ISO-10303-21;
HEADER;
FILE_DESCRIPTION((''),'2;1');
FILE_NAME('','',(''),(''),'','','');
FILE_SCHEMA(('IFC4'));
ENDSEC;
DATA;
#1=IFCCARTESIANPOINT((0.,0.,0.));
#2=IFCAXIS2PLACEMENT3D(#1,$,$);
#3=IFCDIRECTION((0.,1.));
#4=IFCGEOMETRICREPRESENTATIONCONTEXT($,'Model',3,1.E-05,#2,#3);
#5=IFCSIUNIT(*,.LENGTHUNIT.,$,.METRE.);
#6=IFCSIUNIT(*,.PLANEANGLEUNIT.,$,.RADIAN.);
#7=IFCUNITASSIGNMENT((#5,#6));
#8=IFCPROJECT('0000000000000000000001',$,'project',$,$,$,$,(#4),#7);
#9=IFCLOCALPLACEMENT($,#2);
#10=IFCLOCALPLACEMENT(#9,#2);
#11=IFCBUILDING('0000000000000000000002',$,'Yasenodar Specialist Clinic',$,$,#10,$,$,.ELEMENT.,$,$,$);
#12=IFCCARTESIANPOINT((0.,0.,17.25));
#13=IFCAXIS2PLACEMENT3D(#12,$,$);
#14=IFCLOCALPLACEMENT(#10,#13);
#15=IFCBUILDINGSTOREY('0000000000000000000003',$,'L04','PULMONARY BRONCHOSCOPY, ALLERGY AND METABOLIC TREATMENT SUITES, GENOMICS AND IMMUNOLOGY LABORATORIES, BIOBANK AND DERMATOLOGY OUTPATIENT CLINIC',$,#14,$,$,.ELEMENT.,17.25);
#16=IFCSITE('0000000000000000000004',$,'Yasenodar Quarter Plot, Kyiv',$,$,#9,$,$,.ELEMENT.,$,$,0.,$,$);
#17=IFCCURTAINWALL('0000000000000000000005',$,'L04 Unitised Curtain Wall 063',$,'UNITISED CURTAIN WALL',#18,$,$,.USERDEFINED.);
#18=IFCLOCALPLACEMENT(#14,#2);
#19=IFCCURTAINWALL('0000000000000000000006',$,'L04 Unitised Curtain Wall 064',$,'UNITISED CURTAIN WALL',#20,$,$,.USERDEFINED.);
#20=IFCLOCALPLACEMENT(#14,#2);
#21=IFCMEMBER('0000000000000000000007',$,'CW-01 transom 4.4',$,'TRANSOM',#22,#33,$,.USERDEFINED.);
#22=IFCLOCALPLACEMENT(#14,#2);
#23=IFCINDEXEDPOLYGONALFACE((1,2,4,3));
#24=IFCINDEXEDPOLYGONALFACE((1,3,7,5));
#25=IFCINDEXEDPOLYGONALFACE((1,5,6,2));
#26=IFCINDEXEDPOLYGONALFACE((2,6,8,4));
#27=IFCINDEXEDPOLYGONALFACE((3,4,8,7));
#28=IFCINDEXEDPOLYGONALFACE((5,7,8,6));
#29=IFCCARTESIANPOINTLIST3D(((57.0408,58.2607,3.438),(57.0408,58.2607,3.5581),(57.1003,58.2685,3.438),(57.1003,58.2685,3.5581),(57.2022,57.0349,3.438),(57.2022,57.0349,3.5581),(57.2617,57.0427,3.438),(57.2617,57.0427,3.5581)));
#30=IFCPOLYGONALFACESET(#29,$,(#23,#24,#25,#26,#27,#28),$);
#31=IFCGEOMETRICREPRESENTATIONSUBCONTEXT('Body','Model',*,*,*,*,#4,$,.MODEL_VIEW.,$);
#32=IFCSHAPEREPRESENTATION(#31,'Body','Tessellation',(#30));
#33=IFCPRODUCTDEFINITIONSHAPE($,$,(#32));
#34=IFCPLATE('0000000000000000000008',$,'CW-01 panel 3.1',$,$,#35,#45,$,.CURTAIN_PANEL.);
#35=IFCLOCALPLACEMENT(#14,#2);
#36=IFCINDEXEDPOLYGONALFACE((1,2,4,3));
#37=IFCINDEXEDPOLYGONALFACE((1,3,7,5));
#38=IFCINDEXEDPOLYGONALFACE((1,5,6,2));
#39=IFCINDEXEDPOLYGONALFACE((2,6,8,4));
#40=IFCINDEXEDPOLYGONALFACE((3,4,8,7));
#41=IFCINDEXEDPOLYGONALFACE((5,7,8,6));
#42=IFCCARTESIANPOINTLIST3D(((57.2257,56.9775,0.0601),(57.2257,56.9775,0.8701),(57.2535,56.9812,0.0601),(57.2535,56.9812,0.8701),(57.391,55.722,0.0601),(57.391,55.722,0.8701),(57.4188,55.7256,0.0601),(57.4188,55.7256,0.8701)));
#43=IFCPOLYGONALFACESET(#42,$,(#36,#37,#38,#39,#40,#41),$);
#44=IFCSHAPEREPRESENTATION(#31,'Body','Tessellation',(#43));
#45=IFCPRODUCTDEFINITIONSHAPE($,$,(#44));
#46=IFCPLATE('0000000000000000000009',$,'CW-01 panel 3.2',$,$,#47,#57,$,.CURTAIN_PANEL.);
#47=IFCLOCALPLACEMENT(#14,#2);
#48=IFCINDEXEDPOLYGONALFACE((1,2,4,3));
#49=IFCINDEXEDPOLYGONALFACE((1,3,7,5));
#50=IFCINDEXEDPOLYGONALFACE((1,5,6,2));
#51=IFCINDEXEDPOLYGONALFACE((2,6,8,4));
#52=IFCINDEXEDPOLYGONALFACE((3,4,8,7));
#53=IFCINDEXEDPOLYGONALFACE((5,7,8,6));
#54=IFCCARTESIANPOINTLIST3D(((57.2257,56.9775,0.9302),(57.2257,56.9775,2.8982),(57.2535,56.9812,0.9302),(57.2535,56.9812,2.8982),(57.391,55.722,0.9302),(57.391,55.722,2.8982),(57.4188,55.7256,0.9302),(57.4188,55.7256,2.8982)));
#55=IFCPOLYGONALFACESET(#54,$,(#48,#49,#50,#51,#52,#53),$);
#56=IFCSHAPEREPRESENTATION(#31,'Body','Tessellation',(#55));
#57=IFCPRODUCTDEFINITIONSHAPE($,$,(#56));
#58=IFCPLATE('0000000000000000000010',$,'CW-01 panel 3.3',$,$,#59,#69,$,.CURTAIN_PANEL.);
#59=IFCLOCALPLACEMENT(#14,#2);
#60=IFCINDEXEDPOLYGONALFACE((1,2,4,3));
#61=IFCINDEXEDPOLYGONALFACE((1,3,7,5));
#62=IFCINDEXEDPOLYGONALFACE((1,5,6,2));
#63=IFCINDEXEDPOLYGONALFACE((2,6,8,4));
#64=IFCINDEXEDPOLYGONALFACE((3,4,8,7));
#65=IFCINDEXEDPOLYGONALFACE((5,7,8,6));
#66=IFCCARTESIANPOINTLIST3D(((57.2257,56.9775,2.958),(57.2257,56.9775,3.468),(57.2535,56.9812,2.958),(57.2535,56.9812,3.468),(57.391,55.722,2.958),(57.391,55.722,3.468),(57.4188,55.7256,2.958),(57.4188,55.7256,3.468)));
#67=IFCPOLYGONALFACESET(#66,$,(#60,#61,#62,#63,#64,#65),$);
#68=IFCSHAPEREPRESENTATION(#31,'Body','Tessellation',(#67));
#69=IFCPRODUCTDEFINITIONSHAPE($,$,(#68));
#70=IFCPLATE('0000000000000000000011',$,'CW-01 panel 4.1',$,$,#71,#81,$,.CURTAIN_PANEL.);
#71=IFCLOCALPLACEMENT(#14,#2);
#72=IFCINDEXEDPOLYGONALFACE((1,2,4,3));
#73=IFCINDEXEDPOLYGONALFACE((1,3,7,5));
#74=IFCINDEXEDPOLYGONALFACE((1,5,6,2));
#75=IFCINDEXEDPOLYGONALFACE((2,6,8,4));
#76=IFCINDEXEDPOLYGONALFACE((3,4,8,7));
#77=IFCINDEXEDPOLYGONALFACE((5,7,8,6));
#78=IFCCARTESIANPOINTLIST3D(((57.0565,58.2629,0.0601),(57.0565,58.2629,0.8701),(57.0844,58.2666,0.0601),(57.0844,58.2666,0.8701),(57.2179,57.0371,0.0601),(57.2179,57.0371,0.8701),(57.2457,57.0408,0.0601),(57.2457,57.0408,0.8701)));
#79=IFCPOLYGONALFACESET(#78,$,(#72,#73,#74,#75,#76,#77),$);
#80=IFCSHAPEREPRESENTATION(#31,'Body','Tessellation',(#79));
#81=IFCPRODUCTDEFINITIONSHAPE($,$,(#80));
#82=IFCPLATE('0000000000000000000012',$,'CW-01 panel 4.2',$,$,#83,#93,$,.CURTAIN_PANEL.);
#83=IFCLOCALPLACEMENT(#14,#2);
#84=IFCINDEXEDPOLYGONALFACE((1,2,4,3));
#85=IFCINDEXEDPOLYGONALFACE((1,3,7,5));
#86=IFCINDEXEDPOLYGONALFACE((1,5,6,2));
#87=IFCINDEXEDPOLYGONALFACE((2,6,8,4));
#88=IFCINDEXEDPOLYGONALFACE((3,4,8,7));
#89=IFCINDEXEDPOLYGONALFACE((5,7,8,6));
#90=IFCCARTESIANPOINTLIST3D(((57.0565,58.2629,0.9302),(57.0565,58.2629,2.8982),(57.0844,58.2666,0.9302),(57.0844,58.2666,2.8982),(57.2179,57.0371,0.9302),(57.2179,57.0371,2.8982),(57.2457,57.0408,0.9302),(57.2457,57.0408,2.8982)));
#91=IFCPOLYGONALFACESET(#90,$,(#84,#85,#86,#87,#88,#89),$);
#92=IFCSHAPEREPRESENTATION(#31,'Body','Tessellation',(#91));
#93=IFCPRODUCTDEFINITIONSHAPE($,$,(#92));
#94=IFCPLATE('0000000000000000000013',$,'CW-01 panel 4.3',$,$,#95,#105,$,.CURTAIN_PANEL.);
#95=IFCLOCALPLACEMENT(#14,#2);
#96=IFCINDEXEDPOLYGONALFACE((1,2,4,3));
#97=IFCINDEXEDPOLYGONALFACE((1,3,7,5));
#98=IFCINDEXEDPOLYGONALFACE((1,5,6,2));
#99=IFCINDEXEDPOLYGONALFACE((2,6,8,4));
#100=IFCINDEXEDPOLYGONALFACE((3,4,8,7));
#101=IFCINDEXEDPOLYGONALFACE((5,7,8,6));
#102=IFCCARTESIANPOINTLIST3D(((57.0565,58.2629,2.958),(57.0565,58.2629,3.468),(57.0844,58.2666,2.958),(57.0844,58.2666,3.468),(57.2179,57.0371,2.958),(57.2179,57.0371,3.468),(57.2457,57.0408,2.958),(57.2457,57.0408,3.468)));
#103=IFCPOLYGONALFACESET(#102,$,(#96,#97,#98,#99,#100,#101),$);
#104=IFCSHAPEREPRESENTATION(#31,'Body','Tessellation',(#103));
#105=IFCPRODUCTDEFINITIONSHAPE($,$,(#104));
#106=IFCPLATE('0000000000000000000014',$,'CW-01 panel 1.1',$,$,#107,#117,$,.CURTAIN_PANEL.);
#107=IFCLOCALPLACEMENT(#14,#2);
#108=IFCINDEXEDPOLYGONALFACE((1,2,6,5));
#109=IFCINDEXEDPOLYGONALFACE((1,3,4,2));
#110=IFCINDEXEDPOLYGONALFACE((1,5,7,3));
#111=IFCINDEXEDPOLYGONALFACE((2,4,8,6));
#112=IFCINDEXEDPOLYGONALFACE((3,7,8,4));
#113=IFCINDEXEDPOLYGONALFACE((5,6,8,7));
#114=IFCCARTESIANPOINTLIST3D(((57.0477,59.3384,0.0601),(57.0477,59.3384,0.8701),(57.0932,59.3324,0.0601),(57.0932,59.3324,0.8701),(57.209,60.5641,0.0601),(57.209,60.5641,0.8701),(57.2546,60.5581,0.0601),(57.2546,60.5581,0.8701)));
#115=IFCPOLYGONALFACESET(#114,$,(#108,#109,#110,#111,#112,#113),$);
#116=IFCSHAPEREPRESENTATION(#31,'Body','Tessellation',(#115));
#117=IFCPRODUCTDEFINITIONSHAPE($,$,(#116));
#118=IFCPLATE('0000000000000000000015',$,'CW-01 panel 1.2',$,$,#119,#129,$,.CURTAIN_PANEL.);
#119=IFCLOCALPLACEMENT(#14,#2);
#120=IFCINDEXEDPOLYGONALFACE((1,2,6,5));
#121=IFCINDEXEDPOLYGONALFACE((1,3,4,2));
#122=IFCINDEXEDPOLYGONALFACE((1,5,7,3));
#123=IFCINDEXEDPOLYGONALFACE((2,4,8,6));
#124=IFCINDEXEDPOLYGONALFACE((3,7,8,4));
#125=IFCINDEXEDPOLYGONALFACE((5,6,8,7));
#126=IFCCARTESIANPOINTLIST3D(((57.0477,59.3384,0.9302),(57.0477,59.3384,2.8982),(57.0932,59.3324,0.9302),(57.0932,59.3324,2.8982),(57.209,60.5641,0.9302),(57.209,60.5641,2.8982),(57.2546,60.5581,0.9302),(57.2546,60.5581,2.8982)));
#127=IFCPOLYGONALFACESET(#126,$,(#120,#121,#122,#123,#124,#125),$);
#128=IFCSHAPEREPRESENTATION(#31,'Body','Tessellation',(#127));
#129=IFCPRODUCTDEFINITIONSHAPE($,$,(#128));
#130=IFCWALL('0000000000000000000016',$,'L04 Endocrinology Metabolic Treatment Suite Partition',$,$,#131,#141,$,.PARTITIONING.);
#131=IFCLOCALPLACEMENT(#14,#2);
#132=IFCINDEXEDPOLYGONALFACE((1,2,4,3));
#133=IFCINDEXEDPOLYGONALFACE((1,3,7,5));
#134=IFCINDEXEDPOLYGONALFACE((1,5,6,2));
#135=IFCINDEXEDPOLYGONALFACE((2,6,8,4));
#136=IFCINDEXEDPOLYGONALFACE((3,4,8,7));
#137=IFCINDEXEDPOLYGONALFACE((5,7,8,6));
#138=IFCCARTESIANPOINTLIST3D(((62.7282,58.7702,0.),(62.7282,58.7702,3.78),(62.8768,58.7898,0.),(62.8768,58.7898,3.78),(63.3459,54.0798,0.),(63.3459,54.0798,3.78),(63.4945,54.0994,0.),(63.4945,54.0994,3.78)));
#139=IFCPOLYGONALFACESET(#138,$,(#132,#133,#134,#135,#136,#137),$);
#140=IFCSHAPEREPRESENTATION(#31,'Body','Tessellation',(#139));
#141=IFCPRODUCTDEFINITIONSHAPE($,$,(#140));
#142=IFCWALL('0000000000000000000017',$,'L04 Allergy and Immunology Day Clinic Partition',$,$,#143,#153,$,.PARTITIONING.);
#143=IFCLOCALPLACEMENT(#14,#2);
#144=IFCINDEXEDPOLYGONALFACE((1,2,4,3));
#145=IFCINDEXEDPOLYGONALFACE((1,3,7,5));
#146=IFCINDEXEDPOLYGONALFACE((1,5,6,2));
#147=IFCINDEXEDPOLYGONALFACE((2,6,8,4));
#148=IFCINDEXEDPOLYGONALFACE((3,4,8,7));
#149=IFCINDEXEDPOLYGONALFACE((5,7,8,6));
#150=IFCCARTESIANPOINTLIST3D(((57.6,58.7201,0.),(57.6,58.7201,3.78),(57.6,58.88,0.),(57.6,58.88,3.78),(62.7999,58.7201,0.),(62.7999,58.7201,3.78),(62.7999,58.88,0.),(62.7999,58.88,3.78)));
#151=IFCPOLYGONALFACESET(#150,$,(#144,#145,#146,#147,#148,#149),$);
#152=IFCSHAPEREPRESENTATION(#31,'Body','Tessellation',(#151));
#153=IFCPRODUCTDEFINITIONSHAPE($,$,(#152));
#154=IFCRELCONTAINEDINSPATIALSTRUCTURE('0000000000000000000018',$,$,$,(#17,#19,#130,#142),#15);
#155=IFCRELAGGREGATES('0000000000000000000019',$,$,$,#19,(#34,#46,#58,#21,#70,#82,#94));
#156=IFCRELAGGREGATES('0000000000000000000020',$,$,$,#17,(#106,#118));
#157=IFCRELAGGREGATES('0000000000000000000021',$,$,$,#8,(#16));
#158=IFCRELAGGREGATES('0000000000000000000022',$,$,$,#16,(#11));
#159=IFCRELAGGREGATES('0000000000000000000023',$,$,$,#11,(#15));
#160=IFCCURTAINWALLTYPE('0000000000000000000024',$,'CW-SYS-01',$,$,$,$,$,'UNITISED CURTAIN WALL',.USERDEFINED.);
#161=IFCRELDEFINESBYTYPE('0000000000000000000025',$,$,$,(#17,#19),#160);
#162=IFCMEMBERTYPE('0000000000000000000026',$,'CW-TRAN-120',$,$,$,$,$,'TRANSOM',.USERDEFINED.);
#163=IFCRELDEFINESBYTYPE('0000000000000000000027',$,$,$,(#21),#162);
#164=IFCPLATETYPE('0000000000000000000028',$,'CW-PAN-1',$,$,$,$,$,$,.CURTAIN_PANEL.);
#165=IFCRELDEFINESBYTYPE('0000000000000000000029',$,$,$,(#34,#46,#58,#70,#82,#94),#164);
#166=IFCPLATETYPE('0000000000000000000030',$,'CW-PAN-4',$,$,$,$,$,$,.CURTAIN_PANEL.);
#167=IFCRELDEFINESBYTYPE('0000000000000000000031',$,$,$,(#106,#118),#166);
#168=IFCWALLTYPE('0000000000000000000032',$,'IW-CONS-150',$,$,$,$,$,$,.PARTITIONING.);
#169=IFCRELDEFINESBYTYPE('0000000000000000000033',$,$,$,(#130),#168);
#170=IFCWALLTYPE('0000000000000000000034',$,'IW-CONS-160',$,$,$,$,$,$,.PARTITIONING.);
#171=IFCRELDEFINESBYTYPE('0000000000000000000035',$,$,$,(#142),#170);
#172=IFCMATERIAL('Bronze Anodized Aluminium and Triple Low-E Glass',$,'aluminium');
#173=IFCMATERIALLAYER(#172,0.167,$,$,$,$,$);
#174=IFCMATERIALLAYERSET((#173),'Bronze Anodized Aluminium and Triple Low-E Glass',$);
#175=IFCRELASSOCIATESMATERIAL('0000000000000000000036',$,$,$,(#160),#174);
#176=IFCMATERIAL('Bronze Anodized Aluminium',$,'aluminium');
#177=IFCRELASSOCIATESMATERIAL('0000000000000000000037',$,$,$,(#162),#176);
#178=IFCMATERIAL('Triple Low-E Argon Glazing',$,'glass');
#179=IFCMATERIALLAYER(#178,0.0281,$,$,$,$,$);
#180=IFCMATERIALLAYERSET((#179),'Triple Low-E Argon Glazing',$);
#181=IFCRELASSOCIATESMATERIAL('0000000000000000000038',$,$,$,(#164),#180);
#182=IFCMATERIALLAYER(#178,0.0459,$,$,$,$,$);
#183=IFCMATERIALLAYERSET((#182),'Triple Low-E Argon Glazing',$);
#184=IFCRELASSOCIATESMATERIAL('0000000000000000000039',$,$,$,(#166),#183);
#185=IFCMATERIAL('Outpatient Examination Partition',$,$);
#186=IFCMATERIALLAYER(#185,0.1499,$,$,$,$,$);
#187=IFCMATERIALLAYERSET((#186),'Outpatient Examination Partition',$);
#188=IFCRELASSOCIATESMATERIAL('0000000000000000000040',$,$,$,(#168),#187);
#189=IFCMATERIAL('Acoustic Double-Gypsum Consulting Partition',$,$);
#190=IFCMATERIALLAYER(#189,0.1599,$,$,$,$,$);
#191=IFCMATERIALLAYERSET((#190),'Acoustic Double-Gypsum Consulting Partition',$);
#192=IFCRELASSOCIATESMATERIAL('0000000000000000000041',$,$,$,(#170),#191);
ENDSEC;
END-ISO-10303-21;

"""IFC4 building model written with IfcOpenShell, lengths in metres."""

from ifc_helpers import new_model, si_unit, direction, frame, frame_2d, origin, origin_2d, place, context, subcontext, project, spatial, rectangle, extrude, material, layer, layer_set, material_profile, profile_set, type_object, element, aggregate, save


model = new_model("IFC4")

# Units and contexts
model_context = context("Model", 3, precision=1e-05, world=origin(), true_north=direction((0.0, 1.0)))
body_context = subcontext(model_context, "Body", "Model", "MODEL_VIEW")
ifc_project = project(units=[si_unit("LENGTHUNIT", "METRE"), si_unit("PLANEANGLEUNIT", "RADIAN")], contexts=[model_context])

# Site, building, storey
site_placement = place(None, origin())
site = spatial("IfcSite", under=ifc_project, at=site_placement, Name="Yasenodar Quarter Plot, Kyiv", CompositionType="ELEMENT", RefElevation=0.0)
building_placement = place(site_placement, origin())
building = spatial("IfcBuilding", under=site, at=building_placement, Name="Yasenodar Specialist Clinic", CompositionType="ELEMENT")
storey_placement = place(building_placement, frame((0.0, 0.0, 17.25)))
storey = spatial("IfcBuildingStorey", under=building, at=storey_placement, Name="L04", Description="PULMONARY BRONCHOSCOPY, ALLERGY AND METABOLIC TREATMENT SUITES, GENOMICS AND IMMUNOLOGY LABORATORIES, BIOBANK AND DERMATOLOGY OUTPATIENT CLINIC", CompositionType="ELEMENT", Elevation=17.25)

# Curtain wall
ifc_material_1 = material(Name="Bronze Anodized Aluminium and Triple Low-E Glass", Category="aluminium")
ifc_layer_1 = layer(ifc_material_1, 0.167)
ifc_layer_set_1 = layer_set([ifc_layer_1], Name="Bronze Anodized Aluminium and Triple Low-E Glass")
curtain_wall_type = type_object("IfcCurtainWallType", Name="CW-SYS-01", ElementType="UNITISED CURTAIN WALL", PredefinedType="USERDEFINED", material=ifc_layer_set_1)
curtain_wall_1_placement = place(storey_placement, origin())
curtain_wall_1 = element("IfcCurtainWall", 1, at=curtain_wall_1_placement, inside=storey, type_object=curtain_wall_type, Name="L04 Unitised Curtain Wall 063", ObjectType="UNITISED CURTAIN WALL", PredefinedType="USERDEFINED")
ifc_material_2 = material(Name="Bronze Anodized Aluminium", Category="aluminium")

# Curtain wall
curtain_wall_2_placement = place(storey_placement, origin())
curtain_wall_2 = element("IfcCurtainWall", 2, at=curtain_wall_2_placement, inside=storey, type_object=curtain_wall_type, Name="L04 Unitised Curtain Wall 064", ObjectType="UNITISED CURTAIN WALL", PredefinedType="USERDEFINED")

# Member
ifc_material_profile_1 = material_profile(ifc_material_2, rectangle(XDim=0.0601, YDim=0.1201, at=origin_2d()), Name="CW-TRAN 60x120")
ifc_profile_set_1 = profile_set([ifc_material_profile_1], Name="Bronze Anodized Aluminium")
member_type_1 = type_object("IfcMemberType", Name="CW-TRAN-120", ElementType="TRANSOM", PredefinedType="USERDEFINED", material=ifc_profile_set_1)
member_1_placement = place(storey_placement, frame((57.2319, 57.0388, 3.498), z_axis=(-0.130521, 0.991446, 0.0), x_axis=(-0.991446, -0.130521, 0.0)))
member_1 = element("IfcMember", 3, at=member_1_placement, type_object=member_type_1, Name="CW-01 transom 4.4", ObjectType="TRANSOM", PredefinedType="USERDEFINED", context=body_context, shape_type="SweptSolid", body=[
    extrude(rectangle(XDim=0.0601, YDim=0.1201, at=origin_2d()), origin(), (0.0, 0.0, 1.0), 1.2363),
])

# Plates
ifc_material_3 = material(Name="Triple Low-E Argon Glazing", Category="glass")
ifc_layer_2 = layer(ifc_material_3, 0.0281)
ifc_layer_set_2 = layer_set([ifc_layer_2], Name="Triple Low-E Argon Glazing")
plate_type_1 = type_object("IfcPlateType", Name="CW-PAN-1", PredefinedType="CURTAIN_PANEL", material=ifc_layer_set_2)
plate_1_placement = place(storey_placement, frame((57.3223, 56.3516, 0.0601), z_axis=(0.0, 0.0, 1.0), x_axis=(-0.130512, 0.991447, 0.0)))
plate_1 = element("IfcPlate", 4, at=plate_1_placement, type_object=plate_type_1, Name="CW-01 panel 3.1", PredefinedType="CURTAIN_PANEL", context=body_context, shape_type="SweptSolid", body=[
    extrude(rectangle(XDim=1.2664, YDim=0.0281, at=origin_2d()), origin(), (0.0, 0.0, 1.0), 0.8101),
])
plate_2_placement = place(storey_placement, frame((57.3223, 56.3516, 0.9302), z_axis=(0.0, 0.0, 1.0), x_axis=(-0.130512, 0.991447, 0.0)))
plate_2 = element("IfcPlate", 5, at=plate_2_placement, type_object=plate_type_1, Name="CW-01 panel 3.2", PredefinedType="CURTAIN_PANEL", context=body_context, shape_type="SweptSolid", body=[
    extrude(rectangle(XDim=1.2664, YDim=0.0281, at=origin_2d()), origin(), (0.0, 0.0, 1.0), 1.968),
])
plate_3_placement = place(storey_placement, frame((57.3223, 56.3516, 2.958), z_axis=(0.0, 0.0, 1.0), x_axis=(-0.130512, 0.991447, 0.0)))
plate_3 = element("IfcPlate", 6, at=plate_3_placement, type_object=plate_type_1, Name="CW-01 panel 3.3", PredefinedType="CURTAIN_PANEL", context=body_context, shape_type="SweptSolid", body=[
    extrude(rectangle(XDim=1.2664, YDim=0.0281, at=origin_2d()), origin(), (0.0, 0.0, 1.0), 0.51),
])
plate_4_placement = place(storey_placement, frame((57.1511, 57.6519, 0.0601), z_axis=(0.0, 0.0, 1.0), x_axis=(-0.130512, 0.991447, 0.0)))
plate_4 = element("IfcPlate", 7, at=plate_4_placement, type_object=plate_type_1, Name="CW-01 panel 4.1", PredefinedType="CURTAIN_PANEL", context=body_context, shape_type="SweptSolid", body=[
    extrude(rectangle(XDim=1.2363, YDim=0.0281, at=origin_2d()), origin(), (0.0, 0.0, 1.0), 0.8101),
])
plate_5_placement = place(storey_placement, frame((57.1511, 57.6519, 0.9302), z_axis=(0.0, 0.0, 1.0), x_axis=(-0.130512, 0.991447, 0.0)))
plate_5 = element("IfcPlate", 8, at=plate_5_placement, type_object=plate_type_1, Name="CW-01 panel 4.2", PredefinedType="CURTAIN_PANEL", context=body_context, shape_type="SweptSolid", body=[
    extrude(rectangle(XDim=1.2363, YDim=0.0281, at=origin_2d()), origin(), (0.0, 0.0, 1.0), 1.968),
])
plate_6_placement = place(storey_placement, frame((57.1511, 57.6519, 2.958), z_axis=(0.0, 0.0, 1.0), x_axis=(-0.130512, 0.991447, 0.0)))
plate_6 = element("IfcPlate", 9, at=plate_6_placement, type_object=plate_type_1, Name="CW-01 panel 4.3", PredefinedType="CURTAIN_PANEL", context=body_context, shape_type="SweptSolid", body=[
    extrude(rectangle(XDim=1.2363, YDim=0.0281, at=origin_2d()), origin(), (0.0, 0.0, 1.0), 0.51),
])
aggregate(curtain_wall_2, [plate_1, plate_2, plate_3, member_1, plate_4, plate_5, plate_6])
ifc_layer_3 = layer(ifc_material_3, 0.0459)
ifc_layer_set_3 = layer_set([ifc_layer_3], Name="Triple Low-E Argon Glazing")
plate_type_2 = type_object("IfcPlateType", Name="CW-PAN-4", PredefinedType="CURTAIN_PANEL", material=ifc_layer_set_3)
plate_7_placement = place(storey_placement, frame((57.1511, 59.9482, 0.0601), z_axis=(0.0, 0.0, 1.0), x_axis=(0.130512, 0.991447, 0.0)))
plate_7 = element("IfcPlate", 10, at=plate_7_placement, type_object=plate_type_2, Name="CW-01 panel 1.1", PredefinedType="CURTAIN_PANEL", context=body_context, shape_type="SweptSolid", body=[
    extrude(rectangle(XDim=1.2363, YDim=0.0459, at=origin_2d()), origin(), (0.0, 0.0, 1.0), 0.8101),
])
plate_8_placement = place(storey_placement, frame((57.1511, 59.9482, 0.9302), z_axis=(0.0, 0.0, 1.0), x_axis=(0.130512, 0.991447, 0.0)))
plate_8 = element("IfcPlate", 11, at=plate_8_placement, type_object=plate_type_2, Name="CW-01 panel 1.2", PredefinedType="CURTAIN_PANEL", context=body_context, shape_type="SweptSolid", body=[
    extrude(rectangle(XDim=1.2363, YDim=0.0459, at=origin_2d()), origin(), (0.0, 0.0, 1.0), 1.968),
])
aggregate(curtain_wall_1, [plate_7, plate_8])

# Walls
ifc_material_4 = material(Name="Outpatient Examination Partition")
ifc_layer_4 = layer(ifc_material_4, 0.1499)
ifc_layer_set_4 = layer_set([ifc_layer_4], Name="Outpatient Examination Partition")
wall_type_1 = type_object("IfcWallType", Name="IW-CONS-150", PredefinedType="PARTITIONING", material=ifc_layer_set_4)
wall_1_placement = place(storey_placement, frame((62.8025, 58.78, 0.0), z_axis=(0.0, 0.0, 1.0), x_axis=(0.130561, -0.99144, 0.0)))
element("IfcWall", 12, at=wall_1_placement, inside=storey, type_object=wall_type_1, Name="L04 Endocrinology Metabolic Treatment Suite Partition", PredefinedType="PARTITIONING", context=body_context, shape_type="SweptSolid", body=[
    extrude(rectangle(XDim=4.731, YDim=0.1499, at=frame_2d((2.3655, 0.0))), origin(), (0.0, 0.0, 1.0), 3.78),
])
ifc_material_5 = material(Name="Acoustic Double-Gypsum Consulting Partition")
ifc_layer_5 = layer(ifc_material_5, 0.1599)
ifc_layer_set_5 = layer_set([ifc_layer_5], Name="Acoustic Double-Gypsum Consulting Partition")
wall_type_2 = type_object("IfcWallType", Name="IW-CONS-160", PredefinedType="PARTITIONING", material=ifc_layer_set_5)
wall_2_placement = place(storey_placement, frame((62.8, 58.8, 0.0), z_axis=(0.0, 0.0, 1.0), x_axis=(-1.0, 0.0, 0.0)))
element("IfcWall", 13, at=wall_2_placement, inside=storey, type_object=wall_type_2, Name="L04 Allergy and Immunology Day Clinic Partition", PredefinedType="PARTITIONING", context=body_context, shape_type="SweptSolid", body=[
    extrude(rectangle(XDim=5.2, YDim=0.1599, at=frame_2d((2.6001, 0.0))), origin(), (0.0, 0.0, 1.0), 3.78),
])

save(model, "model.ifc")
